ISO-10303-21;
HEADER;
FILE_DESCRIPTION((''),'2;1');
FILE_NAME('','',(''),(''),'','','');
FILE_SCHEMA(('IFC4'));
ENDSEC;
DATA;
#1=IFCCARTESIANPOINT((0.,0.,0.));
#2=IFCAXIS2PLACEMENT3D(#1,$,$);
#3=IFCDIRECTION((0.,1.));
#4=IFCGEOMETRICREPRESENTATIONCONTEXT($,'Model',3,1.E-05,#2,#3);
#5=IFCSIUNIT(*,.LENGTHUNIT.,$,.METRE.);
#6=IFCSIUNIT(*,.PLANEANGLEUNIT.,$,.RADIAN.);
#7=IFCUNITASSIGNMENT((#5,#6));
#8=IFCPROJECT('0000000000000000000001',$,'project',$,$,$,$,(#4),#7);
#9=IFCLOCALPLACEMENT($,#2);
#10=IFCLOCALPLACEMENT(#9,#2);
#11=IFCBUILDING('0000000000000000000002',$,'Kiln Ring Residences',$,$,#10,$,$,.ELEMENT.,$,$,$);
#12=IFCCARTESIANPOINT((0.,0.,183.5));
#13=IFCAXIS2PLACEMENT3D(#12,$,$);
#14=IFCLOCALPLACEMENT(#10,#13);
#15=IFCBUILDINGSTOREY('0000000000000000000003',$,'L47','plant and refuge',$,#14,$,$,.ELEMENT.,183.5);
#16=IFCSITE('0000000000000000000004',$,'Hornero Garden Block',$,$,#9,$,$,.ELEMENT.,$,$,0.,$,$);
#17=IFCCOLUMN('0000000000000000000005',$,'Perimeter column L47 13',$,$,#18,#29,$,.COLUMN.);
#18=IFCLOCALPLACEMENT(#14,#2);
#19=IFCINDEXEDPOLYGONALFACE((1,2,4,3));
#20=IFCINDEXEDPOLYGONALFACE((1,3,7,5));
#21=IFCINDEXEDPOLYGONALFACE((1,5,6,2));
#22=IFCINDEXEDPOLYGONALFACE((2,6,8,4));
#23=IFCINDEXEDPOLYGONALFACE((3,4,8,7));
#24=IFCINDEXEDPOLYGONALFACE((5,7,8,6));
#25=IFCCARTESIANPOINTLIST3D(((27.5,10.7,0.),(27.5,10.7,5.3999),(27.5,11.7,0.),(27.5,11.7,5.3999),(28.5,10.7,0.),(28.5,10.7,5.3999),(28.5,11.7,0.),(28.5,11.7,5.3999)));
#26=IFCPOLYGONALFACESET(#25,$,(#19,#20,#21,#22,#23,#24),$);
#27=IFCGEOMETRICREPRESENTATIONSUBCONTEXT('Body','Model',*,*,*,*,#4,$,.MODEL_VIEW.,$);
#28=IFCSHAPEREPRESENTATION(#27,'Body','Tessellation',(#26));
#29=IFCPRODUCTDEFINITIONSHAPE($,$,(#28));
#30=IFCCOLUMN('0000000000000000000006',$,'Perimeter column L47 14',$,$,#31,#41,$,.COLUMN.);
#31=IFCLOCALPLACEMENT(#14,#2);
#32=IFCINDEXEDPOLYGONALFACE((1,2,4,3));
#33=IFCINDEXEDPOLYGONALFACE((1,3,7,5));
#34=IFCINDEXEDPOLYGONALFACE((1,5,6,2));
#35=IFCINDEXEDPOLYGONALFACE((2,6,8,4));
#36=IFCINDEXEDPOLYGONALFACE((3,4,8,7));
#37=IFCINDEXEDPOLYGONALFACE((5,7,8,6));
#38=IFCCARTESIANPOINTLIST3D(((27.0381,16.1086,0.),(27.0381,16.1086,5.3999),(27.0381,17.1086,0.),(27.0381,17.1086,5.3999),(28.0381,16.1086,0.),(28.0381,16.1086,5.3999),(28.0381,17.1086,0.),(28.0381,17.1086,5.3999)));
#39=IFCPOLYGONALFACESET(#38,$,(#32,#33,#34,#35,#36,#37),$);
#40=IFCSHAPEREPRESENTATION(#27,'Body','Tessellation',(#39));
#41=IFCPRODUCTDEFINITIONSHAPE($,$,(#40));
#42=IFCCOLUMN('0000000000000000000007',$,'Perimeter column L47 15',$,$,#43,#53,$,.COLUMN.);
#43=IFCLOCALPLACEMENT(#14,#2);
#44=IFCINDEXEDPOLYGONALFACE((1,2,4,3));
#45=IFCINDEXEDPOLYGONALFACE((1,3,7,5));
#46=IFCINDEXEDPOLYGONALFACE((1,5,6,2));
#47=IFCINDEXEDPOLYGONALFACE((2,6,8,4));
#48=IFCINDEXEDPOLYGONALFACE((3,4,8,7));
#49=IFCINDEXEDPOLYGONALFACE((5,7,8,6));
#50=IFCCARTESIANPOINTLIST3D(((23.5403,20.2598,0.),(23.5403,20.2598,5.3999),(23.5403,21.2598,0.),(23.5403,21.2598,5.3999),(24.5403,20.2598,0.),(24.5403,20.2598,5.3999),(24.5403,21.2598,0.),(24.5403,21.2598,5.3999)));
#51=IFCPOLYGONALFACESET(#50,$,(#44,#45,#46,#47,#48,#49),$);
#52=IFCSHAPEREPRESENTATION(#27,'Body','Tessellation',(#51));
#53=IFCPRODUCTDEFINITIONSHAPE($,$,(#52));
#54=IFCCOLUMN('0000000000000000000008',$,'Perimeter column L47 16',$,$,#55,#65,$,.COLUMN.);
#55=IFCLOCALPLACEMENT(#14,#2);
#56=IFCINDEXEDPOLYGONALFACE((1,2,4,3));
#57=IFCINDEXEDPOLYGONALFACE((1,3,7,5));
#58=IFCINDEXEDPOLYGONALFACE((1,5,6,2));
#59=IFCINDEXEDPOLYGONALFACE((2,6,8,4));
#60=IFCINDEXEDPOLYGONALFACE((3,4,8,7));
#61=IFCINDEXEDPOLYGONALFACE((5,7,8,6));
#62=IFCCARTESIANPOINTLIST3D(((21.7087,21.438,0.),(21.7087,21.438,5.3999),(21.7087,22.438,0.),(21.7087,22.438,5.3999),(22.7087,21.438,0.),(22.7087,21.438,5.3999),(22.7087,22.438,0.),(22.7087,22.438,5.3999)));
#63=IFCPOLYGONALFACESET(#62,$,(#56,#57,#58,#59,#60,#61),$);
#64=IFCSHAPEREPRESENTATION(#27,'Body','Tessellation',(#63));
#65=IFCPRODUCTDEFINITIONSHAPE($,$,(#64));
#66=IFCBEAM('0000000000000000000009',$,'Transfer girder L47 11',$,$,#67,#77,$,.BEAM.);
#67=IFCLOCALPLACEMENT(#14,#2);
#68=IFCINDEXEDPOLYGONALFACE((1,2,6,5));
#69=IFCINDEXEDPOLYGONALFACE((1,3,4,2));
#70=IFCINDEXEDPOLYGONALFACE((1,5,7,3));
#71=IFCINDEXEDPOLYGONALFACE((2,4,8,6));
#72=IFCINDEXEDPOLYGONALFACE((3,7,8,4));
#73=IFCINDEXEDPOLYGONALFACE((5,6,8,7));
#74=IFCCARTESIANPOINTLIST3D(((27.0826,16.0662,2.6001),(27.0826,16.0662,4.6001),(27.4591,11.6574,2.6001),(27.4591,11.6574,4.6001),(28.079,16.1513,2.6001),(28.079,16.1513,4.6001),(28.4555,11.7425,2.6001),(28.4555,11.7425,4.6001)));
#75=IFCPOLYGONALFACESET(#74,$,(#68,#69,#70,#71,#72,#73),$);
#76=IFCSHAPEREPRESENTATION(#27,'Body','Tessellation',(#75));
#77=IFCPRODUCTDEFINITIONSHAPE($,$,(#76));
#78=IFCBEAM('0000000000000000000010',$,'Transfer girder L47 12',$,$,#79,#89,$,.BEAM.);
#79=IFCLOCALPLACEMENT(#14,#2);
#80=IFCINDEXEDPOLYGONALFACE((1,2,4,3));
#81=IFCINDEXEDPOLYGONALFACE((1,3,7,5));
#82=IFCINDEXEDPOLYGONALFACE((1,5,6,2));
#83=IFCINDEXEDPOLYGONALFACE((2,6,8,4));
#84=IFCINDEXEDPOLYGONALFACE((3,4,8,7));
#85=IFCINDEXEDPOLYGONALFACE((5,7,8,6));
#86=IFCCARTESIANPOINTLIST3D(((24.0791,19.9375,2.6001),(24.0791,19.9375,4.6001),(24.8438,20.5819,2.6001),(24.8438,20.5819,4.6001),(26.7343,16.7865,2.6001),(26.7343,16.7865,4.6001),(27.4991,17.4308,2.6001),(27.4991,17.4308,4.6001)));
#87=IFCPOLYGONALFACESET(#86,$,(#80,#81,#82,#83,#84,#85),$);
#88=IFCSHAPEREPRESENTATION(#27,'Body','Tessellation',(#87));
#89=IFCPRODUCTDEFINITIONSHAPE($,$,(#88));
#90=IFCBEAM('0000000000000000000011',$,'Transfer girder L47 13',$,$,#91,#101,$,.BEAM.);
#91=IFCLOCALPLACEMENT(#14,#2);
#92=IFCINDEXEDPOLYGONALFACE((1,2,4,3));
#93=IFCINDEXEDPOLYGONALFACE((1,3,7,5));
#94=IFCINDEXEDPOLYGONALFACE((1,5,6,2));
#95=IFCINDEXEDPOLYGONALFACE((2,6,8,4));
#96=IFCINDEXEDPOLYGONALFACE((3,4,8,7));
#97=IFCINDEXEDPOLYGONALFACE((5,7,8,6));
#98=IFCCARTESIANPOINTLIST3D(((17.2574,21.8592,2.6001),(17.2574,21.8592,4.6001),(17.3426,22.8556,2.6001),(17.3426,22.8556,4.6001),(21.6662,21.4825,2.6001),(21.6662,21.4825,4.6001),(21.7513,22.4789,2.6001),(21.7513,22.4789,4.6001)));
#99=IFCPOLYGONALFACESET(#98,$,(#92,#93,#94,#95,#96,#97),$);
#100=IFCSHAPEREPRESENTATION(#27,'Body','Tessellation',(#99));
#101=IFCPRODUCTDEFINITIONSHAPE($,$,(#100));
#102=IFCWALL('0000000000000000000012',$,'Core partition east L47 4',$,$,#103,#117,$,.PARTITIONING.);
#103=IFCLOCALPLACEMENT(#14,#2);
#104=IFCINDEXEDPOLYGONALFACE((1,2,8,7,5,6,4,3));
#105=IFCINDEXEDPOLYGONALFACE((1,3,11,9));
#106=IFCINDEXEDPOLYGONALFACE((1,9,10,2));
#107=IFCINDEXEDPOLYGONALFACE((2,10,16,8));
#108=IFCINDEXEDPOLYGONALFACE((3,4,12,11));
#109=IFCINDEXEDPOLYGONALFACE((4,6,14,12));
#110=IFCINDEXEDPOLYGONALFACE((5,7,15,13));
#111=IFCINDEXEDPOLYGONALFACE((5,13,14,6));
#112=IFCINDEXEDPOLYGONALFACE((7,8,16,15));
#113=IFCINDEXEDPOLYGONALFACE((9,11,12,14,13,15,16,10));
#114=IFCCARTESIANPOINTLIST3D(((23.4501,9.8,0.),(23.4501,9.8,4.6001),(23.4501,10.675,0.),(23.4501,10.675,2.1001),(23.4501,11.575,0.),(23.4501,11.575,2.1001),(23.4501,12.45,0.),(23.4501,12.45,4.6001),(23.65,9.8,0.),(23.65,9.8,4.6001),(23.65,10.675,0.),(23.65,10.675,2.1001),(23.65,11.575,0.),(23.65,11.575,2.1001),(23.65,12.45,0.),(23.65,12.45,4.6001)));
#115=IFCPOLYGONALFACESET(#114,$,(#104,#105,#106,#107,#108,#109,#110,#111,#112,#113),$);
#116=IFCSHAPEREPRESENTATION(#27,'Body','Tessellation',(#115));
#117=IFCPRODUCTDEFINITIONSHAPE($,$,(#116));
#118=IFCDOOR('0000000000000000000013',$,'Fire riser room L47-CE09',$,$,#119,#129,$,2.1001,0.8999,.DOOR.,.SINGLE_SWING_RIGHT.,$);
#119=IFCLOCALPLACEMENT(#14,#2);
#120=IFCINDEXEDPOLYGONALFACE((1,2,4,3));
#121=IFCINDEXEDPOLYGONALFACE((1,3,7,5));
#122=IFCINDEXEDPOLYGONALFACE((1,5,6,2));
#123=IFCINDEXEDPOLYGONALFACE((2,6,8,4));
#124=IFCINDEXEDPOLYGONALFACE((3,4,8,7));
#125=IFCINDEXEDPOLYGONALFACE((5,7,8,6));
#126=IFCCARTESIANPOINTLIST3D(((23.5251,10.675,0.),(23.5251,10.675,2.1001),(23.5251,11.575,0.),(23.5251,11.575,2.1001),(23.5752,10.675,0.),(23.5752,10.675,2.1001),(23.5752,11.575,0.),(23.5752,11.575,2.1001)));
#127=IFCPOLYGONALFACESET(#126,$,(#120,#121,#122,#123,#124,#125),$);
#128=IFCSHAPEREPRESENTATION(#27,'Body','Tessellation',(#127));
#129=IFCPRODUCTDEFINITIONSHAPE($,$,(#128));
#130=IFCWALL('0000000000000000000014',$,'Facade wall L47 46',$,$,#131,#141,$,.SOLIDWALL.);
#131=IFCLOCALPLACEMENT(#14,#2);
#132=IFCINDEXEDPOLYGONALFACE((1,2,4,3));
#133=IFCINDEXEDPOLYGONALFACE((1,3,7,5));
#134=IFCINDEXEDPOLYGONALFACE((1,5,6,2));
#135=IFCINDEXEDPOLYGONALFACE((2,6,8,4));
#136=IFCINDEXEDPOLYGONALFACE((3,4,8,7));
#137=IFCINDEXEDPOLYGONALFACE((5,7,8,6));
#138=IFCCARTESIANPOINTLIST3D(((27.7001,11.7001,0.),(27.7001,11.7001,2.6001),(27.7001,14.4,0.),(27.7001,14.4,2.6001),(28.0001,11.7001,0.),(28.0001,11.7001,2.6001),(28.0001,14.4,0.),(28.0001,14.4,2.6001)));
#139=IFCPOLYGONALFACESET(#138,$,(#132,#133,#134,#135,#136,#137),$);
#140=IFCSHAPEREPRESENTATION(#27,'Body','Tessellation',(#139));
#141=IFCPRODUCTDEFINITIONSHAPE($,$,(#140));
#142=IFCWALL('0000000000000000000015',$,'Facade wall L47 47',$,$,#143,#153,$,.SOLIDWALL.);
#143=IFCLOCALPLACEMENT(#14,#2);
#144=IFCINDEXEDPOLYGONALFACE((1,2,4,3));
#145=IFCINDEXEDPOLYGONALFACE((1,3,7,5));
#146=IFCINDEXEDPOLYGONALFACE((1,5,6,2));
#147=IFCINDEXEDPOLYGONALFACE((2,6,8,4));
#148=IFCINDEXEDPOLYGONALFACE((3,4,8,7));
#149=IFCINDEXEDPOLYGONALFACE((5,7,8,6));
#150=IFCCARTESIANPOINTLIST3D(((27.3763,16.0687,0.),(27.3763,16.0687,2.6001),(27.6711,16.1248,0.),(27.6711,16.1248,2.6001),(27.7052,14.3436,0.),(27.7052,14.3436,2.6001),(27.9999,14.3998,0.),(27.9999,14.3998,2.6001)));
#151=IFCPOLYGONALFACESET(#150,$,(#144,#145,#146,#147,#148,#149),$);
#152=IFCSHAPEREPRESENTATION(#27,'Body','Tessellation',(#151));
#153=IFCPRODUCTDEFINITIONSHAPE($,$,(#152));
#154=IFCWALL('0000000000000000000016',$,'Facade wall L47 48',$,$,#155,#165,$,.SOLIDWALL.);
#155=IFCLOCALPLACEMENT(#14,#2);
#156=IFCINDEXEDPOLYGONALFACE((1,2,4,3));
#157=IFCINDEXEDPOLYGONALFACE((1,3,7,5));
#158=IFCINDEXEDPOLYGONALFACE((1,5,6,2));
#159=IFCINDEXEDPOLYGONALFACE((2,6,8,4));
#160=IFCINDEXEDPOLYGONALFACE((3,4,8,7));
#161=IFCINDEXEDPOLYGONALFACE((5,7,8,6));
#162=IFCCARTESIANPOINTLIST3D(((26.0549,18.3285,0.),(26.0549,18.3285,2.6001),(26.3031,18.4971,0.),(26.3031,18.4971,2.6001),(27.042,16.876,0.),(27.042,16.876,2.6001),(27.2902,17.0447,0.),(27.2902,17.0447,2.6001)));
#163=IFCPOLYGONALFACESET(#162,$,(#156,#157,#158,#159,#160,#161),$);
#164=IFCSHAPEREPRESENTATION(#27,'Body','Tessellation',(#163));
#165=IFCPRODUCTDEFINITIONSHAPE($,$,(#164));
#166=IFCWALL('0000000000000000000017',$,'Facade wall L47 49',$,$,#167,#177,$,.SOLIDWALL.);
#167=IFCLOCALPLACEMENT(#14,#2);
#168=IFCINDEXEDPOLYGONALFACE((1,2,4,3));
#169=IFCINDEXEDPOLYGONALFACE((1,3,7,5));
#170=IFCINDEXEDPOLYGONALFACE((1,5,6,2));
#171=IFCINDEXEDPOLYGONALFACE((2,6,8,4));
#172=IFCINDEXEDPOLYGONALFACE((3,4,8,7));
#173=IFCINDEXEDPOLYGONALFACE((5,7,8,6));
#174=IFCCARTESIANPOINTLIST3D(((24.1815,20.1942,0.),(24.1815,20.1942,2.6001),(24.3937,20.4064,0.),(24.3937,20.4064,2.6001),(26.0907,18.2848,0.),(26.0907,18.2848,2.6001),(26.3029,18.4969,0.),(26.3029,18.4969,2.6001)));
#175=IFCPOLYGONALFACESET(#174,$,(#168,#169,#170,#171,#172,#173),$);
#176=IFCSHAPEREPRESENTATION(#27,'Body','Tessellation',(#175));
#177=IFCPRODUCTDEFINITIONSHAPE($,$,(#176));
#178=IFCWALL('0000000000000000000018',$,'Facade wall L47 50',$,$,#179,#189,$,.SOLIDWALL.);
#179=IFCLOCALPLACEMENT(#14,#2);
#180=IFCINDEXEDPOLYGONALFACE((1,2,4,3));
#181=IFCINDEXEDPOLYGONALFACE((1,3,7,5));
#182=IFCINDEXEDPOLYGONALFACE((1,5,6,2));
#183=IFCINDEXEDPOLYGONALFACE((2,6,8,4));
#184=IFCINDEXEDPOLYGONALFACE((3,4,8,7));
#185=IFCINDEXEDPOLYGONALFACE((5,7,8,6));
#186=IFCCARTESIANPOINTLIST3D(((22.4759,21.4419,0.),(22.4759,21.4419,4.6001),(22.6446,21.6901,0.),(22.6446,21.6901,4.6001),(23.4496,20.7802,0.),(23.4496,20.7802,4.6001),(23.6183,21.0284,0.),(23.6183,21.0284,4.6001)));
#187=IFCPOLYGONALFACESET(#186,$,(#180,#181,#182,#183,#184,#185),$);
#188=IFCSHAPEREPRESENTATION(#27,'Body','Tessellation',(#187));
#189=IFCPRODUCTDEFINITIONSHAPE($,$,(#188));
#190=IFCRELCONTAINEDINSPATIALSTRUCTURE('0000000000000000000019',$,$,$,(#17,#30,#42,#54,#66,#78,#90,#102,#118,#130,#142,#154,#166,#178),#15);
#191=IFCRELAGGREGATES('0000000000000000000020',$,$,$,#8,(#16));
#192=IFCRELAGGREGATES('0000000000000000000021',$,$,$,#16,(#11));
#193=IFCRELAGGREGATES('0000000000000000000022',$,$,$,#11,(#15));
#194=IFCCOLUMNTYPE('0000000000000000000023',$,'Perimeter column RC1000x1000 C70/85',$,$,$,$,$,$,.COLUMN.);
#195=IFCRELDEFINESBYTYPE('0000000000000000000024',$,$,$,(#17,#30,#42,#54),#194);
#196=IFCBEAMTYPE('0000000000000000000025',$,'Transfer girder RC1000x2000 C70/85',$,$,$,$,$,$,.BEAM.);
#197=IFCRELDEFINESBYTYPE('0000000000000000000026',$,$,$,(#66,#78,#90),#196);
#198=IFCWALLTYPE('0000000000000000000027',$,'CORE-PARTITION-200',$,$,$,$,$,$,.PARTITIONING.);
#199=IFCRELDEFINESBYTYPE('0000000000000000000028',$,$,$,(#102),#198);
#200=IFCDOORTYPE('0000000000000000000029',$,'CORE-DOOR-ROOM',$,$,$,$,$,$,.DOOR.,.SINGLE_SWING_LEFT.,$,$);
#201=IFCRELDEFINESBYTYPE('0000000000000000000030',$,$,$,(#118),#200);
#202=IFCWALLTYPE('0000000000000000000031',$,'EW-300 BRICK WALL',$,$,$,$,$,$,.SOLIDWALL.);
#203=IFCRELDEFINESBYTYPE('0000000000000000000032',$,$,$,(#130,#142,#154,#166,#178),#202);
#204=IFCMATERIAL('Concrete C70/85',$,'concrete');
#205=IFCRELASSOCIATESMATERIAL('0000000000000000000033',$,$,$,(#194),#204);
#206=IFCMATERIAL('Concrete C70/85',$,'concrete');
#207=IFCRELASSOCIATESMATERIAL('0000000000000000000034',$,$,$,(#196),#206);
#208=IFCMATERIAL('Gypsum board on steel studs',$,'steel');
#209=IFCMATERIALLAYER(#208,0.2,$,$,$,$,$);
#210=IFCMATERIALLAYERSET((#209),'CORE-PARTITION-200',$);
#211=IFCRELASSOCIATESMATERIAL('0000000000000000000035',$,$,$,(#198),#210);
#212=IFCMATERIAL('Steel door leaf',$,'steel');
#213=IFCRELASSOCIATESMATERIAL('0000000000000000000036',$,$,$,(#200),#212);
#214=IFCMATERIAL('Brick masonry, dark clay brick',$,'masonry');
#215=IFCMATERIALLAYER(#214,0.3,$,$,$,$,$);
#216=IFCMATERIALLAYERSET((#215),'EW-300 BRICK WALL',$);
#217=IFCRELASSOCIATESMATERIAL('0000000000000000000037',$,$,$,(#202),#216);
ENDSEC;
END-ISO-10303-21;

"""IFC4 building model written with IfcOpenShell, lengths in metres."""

from ifc_helpers import new_model, si_unit, direction, frame, frame_2d, origin, origin_2d, place, context, subcontext, project, spatial, rectangle, extrude, material, layer, layer_set, material_profile, profile_set, type_object, element, fill, save


model = new_model("IFC4")

# Units and contexts
model_context = context("Model", 3, precision=1e-05, world=origin(), true_north=direction((0.0, 1.0)))
body_context = subcontext(model_context, "Body", "Model", "MODEL_VIEW")
ifc_project = project(units=[si_unit("LENGTHUNIT", "METRE"), si_unit("PLANEANGLEUNIT", "RADIAN")], contexts=[model_context])

# Site, building, storey
site_placement = place(None, origin())
site = spatial("IfcSite", under=ifc_project, at=site_placement, Name="Hornero Garden Block", CompositionType="ELEMENT", RefElevation=0.0)
building_placement = place(site_placement, origin())
building = spatial("IfcBuilding", under=site, at=building_placement, Name="Kiln Ring Residences", CompositionType="ELEMENT")
storey_placement = place(building_placement, frame((0.0, 0.0, 183.5)))
storey = spatial("IfcBuildingStorey", under=building, at=storey_placement, Name="L47", Description="plant and refuge", CompositionType="ELEMENT", Elevation=183.5)

# Columns
ifc_material_1 = material(Name="Concrete C70/85", Category="concrete")
ifc_material_profile_1 = material_profile(ifc_material_1, rectangle(XDim=1.0, YDim=1.0, at=origin_2d()), Name="RC1000x1000")
ifc_profile_set_1 = profile_set([ifc_material_profile_1], Name="Concrete C70/85")
column_type = type_object("IfcColumnType", Name="Perimeter column RC1000x1000 C70/85", PredefinedType="COLUMN", material=ifc_profile_set_1)
for number, where, z_axis, x_axis, name in (
    (1, (28.0, 11.2, 0.0), (0.0, 0.0, 1.0), (1.0, 0.0, 0.0), "Perimeter column L47 13"),
    (2, (27.5381, 16.6086, 0.0), (0.0, 0.0, 1.0), (1.0, 0.0, 0.0), "Perimeter column L47 14"),
    (3, (24.0403, 20.7598, 0.0), (0.0, 0.0, 1.0), (1.0, 0.0, 0.0), "Perimeter column L47 15"),
    (4, (22.2087, 21.938, 0.0), (0.0, 0.0, 1.0), (1.0, 0.0, 0.0), "Perimeter column L47 16"),
):
    element("IfcColumn", number, at=place(storey_placement, frame(where, z_axis=z_axis, x_axis=x_axis)), inside=storey, type_object=column_type, Name=name, PredefinedType="COLUMN", context=body_context, shape_type="SweptSolid", body=[
        extrude(rectangle(XDim=1.0, YDim=1.0, at=origin_2d()), origin(), (0.0, 0.0, 1.0), 5.3999),
    ])

# Beams
ifc_material_2 = material(Name="Concrete C70/85", Category="concrete")
ifc_material_profile_2 = material_profile(ifc_material_2, rectangle(XDim=1.0, YDim=2.0, at=origin_2d()), Name="RC1000x2000")
ifc_profile_set_2 = profile_set([ifc_material_profile_2], Name="Concrete C70/85")
beam_type = type_object("IfcBeamType", Name="Transfer girder RC1000x2000 C70/85", PredefinedType="BEAM", material=ifc_profile_set_2)
beam_1_placement = place(storey_placement, frame((27.9573, 11.7, 3.6001), z_axis=(-0.085082, 0.996374, 0.0), x_axis=(-0.996374, -0.085082, 0.0)))
element("IfcBeam", 5, at=beam_1_placement, inside=storey, type_object=beam_type, Name="Transfer girder L47 11", PredefinedType="BEAM", context=body_context, shape_type="SweptSolid", body=[
    extrude(rectangle(XDim=1.0, YDim=2.0, at=origin_2d()), origin(), (0.0, 0.0, 1.0), 4.4248),
])
beam_2_placement = place(storey_placement, frame((27.1167, 17.1086, 3.6001), z_axis=(-0.644377, 0.764708, 0.0), x_axis=(-0.764708, -0.644377, 0.0)))
element("IfcBeam", 6, at=beam_2_placement, inside=storey, type_object=beam_type, Name="Transfer girder L47 12", PredefinedType="BEAM", context=body_context, shape_type="SweptSolid", body=[
    extrude(rectangle(XDim=1.0, YDim=2.0, at=origin_2d()), origin(), (0.0, 0.0, 1.0), 4.1206),
])
beam_3_placement = place(storey_placement, frame((21.7087, 21.9807, 3.6001), z_axis=(-0.996369, 0.085137, 0.0), x_axis=(-0.085137, -0.996369, 0.0)))
element("IfcBeam", 7, at=beam_3_placement, inside=storey, type_object=beam_type, Name="Transfer girder L47 13", PredefinedType="BEAM", context=body_context, shape_type="SweptSolid", body=[
    extrude(rectangle(XDim=1.0, YDim=2.0, at=origin_2d()), origin(), (0.0, 0.0, 1.0), 4.4248),
])

# Wall, opening, door
ifc_material_3 = material(Name="Gypsum board on steel studs", Category="steel")
ifc_layer_1 = layer(ifc_material_3, 0.2)
ifc_layer_set_1 = layer_set([ifc_layer_1], Name="CORE-PARTITION-200")
wall_type_1 = type_object("IfcWallType", Name="CORE-PARTITION-200", PredefinedType="PARTITIONING", material=ifc_layer_set_1)
wall_1_placement = place(storey_placement, frame((23.55, 9.8, 0.0), z_axis=(0.0, 0.0, 1.0), x_axis=(0.0, 1.0, 0.0)))
wall_1 = element("IfcWall", 8, at=wall_1_placement, inside=storey, type_object=wall_type_1, Name="Core partition east L47 4", PredefinedType="PARTITIONING", context=body_context, shape_type="SweptSolid", body=[
    extrude(rectangle(XDim=2.6499, YDim=0.2, at=frame_2d((1.325, 0.0))), origin(), (0.0, 0.0, 1.0), 4.6001),
])
opening_placement = place(wall_1_placement, frame((0.875, 0.0, 0.0)))
opening = element("IfcOpeningElement", 9, at=opening_placement, cuts=wall_1, PredefinedType="OPENING", context=body_context, shape_type="SweptSolid", body=[
    extrude(rectangle(XDim=0.8999, YDim=2.1001, at=frame_2d((0.45, 1.05))), frame((0.0, 0.1099, 0.0), z_axis=(0.0, -1.0, 0.0), x_axis=(1.0, 0.0, 0.0)), (0.0, 0.0, 1.0), 0.22),
])
ifc_material_4 = material(Name="Steel door leaf", Category="steel")
door_type = type_object("IfcDoorType", Name="CORE-DOOR-ROOM", OperationType="SINGLE_SWING_LEFT", PredefinedType="DOOR", material=ifc_material_4)
door_placement = place(opening_placement, origin())
door = element("IfcDoor", 10, at=door_placement, inside=storey, type_object=door_type, Name="Fire riser room L47-CE09", OperationType="SINGLE_SWING_RIGHT", OverallHeight=2.1001, OverallWidth=0.8999, PredefinedType="DOOR", context=body_context, shape_type="SweptSolid", body=[
    extrude(rectangle(XDim=0.8999, YDim=2.1001, at=frame_2d((0.45, 1.05))), frame((0.0, 0.0249, 0.0), z_axis=(0.0, -1.0, 0.0), x_axis=(1.0, 0.0, 0.0)), (0.0, 0.0, 1.0), 0.05),
])
fill(opening, door)

# Walls
ifc_material_5 = material(Name="Brick masonry, dark clay brick", Category="masonry")
ifc_layer_2 = layer(ifc_material_5, 0.3)
ifc_layer_set_2 = layer_set([ifc_layer_2], Name="EW-300 BRICK WALL")
wall_type_2 = type_object("IfcWallType", Name="EW-300 BRICK WALL", PredefinedType="SOLIDWALL", material=ifc_layer_set_2)
wall_2_placement = place(storey_placement, frame((27.8501, 11.7, 0.0), z_axis=(0.0, 0.0, 1.0), x_axis=(0.0, 1.0, 0.0)))
element("IfcWall", 11, at=wall_2_placement, inside=storey, type_object=wall_type_2, Name="Facade wall L47 46", PredefinedType="SOLIDWALL", context=body_context, shape_type="SweptSolid", body=[
    extrude(rectangle(XDim=2.7, YDim=0.3, at=frame_2d((1.3501, 0.0))), origin(), (0.0, 0.0, 1.0), 2.6001),
])
for number, where, z_axis, x_axis, name in (
    (12, (27.8525, 14.3718, 0.0), (0.0, 0.0, 1.0), (-0.187259, 0.982311, 0.0), "Facade wall L47 47"),
    (13, (27.166, 16.9604, 0.0), (0.0, 0.0, 1.0), (-0.562089, 0.827076, 0.0), "Facade wall L47 48"),
):
    element("IfcWall", number, at=place(storey_placement, frame(where, z_axis=z_axis, x_axis=x_axis)), inside=storey, type_object=wall_type_2, Name=name, PredefinedType="SOLIDWALL", context=body_context, shape_type="SweptSolid", body=[
        extrude(rectangle(XDim=1.7561, YDim=0.3, at=frame_2d((0.8779, 0.0))), origin(), (0.0, 0.0, 1.0), 2.6001),
    ])
wall_3_placement = place(storey_placement, frame((26.1968, 18.3909, 0.0), z_axis=(0.0, 0.0, 1.0), x_axis=(-0.707062, 0.707152, 0.0)))
element("IfcWall", 14, at=wall_3_placement, inside=storey, type_object=wall_type_2, Name="Facade wall L47 49", PredefinedType="SOLIDWALL", context=body_context, shape_type="SweptSolid", body=[
    extrude(rectangle(XDim=2.7002, YDim=0.3, at=frame_2d((1.3501, 0.0))), origin(), (0.0, 0.0, 1.0), 2.6001),
])
wall_4_placement = place(storey_placement, frame((23.5339, 20.9043, 0.0), z_axis=(0.0, 0.0, 1.0), x_axis=(-0.827104, 0.562049, 0.0)))
element("IfcWall", 15, at=wall_4_placement, inside=storey, type_object=wall_type_2, Name="Facade wall L47 50", PredefinedType="SOLIDWALL", context=body_context, shape_type="SweptSolid", body=[
    extrude(rectangle(XDim=1.1772, YDim=0.3, at=frame_2d((0.5886, 0.0))), origin(), (0.0, 0.0, 1.0), 4.6001),
])

save(model, "model.ifc")
